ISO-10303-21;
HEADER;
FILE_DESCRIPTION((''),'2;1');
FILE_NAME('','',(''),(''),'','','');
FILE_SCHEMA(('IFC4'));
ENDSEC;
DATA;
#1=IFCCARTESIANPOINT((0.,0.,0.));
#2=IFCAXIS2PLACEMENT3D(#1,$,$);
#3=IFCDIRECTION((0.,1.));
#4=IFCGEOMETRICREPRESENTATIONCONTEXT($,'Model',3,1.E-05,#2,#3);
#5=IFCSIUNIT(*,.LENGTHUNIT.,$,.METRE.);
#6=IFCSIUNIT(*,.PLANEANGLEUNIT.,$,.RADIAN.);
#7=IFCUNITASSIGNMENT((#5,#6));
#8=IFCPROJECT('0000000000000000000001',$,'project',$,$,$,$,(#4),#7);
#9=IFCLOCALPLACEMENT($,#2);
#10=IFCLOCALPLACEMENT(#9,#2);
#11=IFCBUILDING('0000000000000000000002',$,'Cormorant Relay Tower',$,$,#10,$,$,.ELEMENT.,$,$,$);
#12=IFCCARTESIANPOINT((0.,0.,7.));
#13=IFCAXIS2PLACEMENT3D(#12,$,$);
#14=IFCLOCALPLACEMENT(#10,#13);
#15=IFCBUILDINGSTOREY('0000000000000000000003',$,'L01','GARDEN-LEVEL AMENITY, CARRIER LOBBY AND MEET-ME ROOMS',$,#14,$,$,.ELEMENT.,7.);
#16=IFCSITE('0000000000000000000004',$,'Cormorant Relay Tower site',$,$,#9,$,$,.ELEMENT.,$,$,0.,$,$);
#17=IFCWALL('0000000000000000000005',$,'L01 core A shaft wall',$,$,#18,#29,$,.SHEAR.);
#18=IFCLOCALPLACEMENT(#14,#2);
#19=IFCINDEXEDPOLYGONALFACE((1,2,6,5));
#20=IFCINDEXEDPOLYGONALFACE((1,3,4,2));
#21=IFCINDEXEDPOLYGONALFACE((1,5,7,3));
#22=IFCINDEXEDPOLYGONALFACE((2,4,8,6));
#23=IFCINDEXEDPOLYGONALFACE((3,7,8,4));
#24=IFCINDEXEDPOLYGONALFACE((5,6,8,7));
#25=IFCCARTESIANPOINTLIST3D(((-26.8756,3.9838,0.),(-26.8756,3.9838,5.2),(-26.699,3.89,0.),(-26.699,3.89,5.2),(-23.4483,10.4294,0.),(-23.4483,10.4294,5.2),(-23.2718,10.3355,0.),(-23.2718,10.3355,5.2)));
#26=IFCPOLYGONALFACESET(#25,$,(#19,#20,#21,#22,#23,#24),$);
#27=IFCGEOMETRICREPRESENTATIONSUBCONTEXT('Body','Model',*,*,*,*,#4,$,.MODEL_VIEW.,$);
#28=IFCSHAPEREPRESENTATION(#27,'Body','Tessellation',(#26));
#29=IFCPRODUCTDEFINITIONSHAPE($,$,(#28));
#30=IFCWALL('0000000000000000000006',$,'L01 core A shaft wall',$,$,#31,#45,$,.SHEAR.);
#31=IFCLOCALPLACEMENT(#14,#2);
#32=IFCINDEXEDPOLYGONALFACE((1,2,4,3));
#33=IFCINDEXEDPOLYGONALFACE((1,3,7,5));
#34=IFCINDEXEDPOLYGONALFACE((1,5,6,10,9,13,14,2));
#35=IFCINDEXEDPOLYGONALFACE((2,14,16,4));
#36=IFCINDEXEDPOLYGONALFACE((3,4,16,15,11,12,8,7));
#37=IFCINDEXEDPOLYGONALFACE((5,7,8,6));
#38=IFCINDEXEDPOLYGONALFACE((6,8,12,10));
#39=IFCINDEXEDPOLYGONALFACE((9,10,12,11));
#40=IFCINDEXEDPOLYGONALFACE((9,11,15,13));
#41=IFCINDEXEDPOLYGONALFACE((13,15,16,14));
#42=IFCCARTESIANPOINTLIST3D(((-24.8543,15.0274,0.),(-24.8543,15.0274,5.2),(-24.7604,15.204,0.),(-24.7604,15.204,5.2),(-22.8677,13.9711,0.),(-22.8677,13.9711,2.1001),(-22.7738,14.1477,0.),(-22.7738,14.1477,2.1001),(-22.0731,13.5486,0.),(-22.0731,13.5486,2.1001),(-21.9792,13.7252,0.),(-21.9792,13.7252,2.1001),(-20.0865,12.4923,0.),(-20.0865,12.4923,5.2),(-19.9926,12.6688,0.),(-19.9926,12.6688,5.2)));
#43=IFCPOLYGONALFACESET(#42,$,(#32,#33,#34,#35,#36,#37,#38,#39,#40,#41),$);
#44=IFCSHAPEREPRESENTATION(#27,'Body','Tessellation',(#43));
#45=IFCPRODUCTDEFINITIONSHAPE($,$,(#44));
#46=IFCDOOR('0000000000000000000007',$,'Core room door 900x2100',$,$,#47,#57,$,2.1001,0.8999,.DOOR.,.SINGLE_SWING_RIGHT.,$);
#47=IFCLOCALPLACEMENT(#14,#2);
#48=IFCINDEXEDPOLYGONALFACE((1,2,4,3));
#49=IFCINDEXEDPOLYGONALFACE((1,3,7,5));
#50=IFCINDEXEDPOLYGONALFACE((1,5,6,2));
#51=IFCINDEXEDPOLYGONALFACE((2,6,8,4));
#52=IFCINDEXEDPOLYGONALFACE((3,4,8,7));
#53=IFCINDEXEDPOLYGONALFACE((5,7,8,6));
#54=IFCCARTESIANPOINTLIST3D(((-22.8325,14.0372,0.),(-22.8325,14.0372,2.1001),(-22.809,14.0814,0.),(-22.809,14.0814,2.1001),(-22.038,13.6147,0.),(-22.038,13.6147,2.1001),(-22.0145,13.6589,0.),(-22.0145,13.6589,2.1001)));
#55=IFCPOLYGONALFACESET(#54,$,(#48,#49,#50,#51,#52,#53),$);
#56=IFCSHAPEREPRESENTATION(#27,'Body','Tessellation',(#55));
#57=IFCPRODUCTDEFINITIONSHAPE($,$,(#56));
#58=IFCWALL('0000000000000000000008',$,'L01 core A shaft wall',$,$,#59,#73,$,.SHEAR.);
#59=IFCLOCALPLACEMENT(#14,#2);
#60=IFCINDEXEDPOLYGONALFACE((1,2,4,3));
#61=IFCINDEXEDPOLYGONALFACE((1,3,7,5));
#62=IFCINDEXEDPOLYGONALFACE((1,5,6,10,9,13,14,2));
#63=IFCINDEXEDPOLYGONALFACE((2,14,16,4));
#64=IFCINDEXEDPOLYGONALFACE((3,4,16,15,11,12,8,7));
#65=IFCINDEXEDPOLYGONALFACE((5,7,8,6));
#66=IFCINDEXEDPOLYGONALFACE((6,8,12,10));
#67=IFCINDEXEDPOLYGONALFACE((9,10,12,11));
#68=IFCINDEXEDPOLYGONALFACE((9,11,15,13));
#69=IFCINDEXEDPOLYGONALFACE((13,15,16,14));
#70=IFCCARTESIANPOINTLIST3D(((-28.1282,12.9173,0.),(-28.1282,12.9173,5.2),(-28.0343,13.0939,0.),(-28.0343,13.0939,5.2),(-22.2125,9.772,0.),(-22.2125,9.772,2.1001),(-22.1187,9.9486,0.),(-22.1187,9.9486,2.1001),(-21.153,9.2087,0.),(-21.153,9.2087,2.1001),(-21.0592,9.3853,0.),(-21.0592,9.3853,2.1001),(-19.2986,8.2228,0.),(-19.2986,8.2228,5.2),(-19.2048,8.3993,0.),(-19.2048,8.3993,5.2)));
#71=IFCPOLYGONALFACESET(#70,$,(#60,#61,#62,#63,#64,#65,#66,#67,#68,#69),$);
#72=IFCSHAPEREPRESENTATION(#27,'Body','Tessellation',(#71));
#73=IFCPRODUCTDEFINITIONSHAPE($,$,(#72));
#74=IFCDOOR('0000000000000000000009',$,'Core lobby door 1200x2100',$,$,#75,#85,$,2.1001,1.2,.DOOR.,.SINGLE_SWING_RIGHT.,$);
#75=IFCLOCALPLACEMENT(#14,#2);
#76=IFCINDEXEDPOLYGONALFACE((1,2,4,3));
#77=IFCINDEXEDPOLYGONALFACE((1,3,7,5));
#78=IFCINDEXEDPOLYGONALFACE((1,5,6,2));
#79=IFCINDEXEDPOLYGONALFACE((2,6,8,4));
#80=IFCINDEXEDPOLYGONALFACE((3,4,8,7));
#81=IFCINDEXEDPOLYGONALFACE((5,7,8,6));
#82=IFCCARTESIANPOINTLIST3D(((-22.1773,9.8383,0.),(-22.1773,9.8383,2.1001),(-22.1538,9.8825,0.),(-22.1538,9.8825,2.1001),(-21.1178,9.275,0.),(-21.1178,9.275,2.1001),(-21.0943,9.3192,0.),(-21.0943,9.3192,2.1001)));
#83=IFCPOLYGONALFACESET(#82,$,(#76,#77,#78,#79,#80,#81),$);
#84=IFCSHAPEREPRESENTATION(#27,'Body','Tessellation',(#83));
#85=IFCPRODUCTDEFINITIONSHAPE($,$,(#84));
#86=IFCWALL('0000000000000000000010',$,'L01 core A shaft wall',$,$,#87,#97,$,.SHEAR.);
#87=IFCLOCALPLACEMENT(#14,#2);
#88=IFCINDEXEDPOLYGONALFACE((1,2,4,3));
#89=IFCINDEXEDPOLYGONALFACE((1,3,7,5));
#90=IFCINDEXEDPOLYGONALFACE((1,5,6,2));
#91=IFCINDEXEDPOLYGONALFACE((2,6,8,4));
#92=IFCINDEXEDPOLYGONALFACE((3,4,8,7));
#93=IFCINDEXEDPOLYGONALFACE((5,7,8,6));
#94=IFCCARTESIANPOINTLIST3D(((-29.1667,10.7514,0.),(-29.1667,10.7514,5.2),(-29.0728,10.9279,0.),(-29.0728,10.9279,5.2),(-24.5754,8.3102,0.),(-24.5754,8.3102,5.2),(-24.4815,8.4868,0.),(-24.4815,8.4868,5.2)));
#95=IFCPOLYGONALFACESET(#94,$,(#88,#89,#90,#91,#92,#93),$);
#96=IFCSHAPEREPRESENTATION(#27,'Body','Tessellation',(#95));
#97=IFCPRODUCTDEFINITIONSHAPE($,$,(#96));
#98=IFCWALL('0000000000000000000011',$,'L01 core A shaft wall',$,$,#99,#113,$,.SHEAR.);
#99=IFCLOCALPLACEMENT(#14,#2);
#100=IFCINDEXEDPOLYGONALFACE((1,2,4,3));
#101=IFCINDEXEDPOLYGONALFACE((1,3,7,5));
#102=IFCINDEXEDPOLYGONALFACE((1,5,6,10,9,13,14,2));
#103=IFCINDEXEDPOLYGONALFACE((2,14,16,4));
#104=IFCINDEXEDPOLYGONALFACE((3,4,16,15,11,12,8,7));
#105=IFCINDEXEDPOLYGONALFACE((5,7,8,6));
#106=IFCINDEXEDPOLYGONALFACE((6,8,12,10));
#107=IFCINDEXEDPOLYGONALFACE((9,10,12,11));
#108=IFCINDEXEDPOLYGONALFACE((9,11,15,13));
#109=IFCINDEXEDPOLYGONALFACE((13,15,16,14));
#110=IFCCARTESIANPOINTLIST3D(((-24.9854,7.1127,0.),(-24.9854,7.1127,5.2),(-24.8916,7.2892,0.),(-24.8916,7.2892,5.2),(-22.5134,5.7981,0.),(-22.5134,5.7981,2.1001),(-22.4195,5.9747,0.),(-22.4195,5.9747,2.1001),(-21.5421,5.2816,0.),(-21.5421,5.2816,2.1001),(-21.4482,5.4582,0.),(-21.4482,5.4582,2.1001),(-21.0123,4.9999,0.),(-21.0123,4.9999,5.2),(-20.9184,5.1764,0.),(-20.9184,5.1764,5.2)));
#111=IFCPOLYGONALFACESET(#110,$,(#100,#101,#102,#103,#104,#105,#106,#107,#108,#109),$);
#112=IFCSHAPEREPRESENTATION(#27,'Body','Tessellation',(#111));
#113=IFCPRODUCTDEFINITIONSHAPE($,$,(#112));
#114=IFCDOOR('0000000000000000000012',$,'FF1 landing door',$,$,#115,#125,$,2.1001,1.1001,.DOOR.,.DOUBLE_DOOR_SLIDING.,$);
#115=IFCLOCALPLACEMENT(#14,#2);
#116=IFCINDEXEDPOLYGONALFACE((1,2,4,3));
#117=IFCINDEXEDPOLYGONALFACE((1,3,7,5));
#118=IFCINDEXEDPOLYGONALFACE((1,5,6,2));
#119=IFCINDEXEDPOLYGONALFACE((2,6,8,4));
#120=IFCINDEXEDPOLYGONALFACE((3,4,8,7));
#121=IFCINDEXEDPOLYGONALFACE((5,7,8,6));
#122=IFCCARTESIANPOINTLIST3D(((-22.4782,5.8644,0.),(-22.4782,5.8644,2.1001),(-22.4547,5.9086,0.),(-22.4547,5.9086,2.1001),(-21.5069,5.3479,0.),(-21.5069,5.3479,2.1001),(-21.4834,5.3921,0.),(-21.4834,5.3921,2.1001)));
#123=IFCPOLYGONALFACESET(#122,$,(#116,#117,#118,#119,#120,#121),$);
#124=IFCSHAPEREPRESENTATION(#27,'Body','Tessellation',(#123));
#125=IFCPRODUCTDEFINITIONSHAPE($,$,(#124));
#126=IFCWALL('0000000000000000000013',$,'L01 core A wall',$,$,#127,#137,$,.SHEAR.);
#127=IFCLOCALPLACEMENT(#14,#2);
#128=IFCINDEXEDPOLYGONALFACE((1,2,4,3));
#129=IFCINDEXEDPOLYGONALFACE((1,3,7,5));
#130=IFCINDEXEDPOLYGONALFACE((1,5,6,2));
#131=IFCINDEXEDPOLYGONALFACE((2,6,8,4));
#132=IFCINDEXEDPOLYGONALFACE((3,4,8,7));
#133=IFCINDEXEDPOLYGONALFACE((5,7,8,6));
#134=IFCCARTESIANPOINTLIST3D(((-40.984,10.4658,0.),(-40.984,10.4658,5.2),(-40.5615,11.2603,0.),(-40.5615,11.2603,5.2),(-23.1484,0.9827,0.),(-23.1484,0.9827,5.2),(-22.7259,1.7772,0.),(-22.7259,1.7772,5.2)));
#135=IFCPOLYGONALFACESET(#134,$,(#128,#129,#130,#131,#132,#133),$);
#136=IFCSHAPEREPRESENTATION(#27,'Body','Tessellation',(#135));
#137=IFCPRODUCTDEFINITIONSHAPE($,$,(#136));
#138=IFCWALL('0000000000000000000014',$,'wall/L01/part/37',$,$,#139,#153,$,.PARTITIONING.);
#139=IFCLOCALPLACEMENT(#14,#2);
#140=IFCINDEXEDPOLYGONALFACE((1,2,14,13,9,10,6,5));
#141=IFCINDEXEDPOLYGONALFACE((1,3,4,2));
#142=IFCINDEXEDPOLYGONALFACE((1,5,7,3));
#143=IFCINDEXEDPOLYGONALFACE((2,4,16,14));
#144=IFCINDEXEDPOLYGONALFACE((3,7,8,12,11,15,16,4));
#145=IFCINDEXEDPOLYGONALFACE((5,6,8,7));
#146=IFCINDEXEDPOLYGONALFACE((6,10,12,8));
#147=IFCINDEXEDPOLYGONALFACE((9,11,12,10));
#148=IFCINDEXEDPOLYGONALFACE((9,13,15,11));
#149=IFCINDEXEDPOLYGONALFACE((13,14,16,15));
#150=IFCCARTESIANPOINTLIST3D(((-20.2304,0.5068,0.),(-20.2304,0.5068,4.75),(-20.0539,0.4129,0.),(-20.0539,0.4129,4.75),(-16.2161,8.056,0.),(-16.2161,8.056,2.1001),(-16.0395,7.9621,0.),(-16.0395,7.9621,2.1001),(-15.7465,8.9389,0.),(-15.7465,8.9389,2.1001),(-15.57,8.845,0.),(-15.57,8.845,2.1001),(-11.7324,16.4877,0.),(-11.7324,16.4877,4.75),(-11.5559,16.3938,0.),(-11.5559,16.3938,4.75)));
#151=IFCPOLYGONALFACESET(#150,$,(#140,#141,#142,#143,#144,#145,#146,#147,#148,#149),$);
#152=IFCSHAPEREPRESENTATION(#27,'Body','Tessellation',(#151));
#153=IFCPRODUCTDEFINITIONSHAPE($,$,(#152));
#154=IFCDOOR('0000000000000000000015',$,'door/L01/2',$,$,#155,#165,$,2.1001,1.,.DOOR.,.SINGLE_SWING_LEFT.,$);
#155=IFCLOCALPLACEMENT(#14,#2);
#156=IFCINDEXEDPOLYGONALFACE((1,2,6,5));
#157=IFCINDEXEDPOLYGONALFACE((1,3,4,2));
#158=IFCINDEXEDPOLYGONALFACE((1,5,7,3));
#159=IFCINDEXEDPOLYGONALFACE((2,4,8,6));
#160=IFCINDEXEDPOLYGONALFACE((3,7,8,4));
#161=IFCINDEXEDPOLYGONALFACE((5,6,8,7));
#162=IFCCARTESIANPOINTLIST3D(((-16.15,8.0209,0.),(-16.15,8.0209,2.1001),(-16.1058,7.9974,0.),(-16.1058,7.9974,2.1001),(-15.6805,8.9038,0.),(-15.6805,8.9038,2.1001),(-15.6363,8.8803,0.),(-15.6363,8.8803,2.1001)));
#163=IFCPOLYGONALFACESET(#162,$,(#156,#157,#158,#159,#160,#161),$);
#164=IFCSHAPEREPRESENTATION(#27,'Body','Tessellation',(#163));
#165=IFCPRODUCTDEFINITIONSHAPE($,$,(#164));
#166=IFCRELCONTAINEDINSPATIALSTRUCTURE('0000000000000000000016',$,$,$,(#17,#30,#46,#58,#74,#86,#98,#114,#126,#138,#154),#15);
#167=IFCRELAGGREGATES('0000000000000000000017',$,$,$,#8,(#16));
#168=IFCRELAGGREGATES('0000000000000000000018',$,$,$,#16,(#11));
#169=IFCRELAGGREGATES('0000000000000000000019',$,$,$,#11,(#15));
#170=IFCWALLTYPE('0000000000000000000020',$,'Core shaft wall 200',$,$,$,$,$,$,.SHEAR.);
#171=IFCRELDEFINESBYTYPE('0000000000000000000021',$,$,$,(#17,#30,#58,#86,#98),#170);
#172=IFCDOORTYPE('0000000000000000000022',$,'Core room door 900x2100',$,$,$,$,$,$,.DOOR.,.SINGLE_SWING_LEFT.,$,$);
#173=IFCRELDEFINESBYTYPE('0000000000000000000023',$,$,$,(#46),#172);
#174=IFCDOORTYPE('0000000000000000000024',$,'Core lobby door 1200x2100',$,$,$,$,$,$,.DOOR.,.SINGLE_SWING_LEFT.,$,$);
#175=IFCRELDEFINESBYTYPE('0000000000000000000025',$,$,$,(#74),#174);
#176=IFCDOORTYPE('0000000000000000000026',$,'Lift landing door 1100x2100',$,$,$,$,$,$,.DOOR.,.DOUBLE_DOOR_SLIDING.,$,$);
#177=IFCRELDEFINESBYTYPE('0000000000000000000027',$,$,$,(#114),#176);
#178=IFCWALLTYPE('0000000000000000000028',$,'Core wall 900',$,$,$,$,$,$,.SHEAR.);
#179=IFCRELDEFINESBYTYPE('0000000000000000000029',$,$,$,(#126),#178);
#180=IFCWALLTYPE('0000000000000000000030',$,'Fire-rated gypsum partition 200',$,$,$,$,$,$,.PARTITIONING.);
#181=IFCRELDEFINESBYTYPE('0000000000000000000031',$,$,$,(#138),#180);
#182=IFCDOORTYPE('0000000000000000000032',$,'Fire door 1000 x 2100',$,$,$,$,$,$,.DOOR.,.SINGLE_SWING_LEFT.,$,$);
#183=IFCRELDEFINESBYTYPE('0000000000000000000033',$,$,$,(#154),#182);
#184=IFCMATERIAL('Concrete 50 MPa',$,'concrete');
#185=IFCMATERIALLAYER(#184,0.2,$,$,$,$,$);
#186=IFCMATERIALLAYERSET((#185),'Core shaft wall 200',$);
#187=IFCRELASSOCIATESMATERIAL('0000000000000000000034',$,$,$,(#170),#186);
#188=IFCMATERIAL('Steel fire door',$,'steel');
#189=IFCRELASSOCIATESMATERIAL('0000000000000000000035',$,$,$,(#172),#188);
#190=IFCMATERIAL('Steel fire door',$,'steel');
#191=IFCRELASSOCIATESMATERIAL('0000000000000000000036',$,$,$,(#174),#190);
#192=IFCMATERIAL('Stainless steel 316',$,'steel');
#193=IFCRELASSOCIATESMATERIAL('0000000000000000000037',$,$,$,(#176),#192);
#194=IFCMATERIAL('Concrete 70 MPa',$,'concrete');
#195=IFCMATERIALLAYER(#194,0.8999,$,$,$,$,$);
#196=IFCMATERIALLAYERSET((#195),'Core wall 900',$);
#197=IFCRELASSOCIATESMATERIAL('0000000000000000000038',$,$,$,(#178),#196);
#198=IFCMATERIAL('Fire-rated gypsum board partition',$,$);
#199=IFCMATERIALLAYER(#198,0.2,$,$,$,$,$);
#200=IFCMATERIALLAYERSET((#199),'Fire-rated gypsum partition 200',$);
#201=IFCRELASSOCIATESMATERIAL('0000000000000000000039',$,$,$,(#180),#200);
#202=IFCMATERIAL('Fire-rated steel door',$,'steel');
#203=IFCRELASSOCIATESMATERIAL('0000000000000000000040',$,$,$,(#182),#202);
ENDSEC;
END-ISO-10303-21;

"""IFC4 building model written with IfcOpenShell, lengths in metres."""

from ifc_helpers import new_model, si_unit, direction, frame, frame_2d, origin, place, context, subcontext, project, spatial, rectangle, extrude, material, layer, layer_set, type_object, element, fill, save


model = new_model("IFC4")

# Units and contexts
model_context = context("Model", 3, precision=1e-05, world=origin(), true_north=direction((0.0, 1.0)))
body_context = subcontext(model_context, "Body", "Model", "MODEL_VIEW")
ifc_project = project(units=[si_unit("LENGTHUNIT", "METRE"), si_unit("PLANEANGLEUNIT", "RADIAN")], contexts=[model_context])

# Site, building, storey
site_placement = place(None, origin())
site = spatial("IfcSite", under=ifc_project, at=site_placement, Name="Cormorant Relay Tower site", CompositionType="ELEMENT", RefElevation=0.0)
building_placement = place(site_placement, origin())
building = spatial("IfcBuilding", under=site, at=building_placement, Name="Cormorant Relay Tower", CompositionType="ELEMENT")
storey_placement = place(building_placement, frame((0.0, 0.0, 7.0)))
storey = spatial("IfcBuildingStorey", under=building, at=storey_placement, Name="L01", Description="GARDEN-LEVEL AMENITY, CARRIER LOBBY AND MEET-ME ROOMS", CompositionType="ELEMENT", Elevation=7.0)

# Wall
ifc_material_1 = material(Name="Concrete 50 MPa", Category="concrete")
ifc_layer_1 = layer(ifc_material_1, 0.2)
ifc_layer_set_1 = layer_set([ifc_layer_1], Name="Core shaft wall 200")
wall_type_1 = type_object("IfcWallType", Name="Core shaft wall 200", PredefinedType="SHEAR", material=ifc_layer_set_1)
wall_1_placement = place(storey_placement, frame((-23.3601, 10.3823, 0.0), z_axis=(0.0, 0.0, 1.0), x_axis=(-0.46948, -0.882943, 0.0)))
element("IfcWall", 1, at=wall_1_placement, inside=storey, type_object=wall_type_1, Name="L01 core A shaft wall", PredefinedType="SHEAR", context=body_context, shape_type="SweptSolid", body=[
    extrude(rectangle(XDim=7.3, YDim=0.2, at=frame_2d((3.6499, 0.0))), origin(), (0.0, 0.0, 1.0), 5.2),
])

# Walls, openings, doors
wall_2_placement = place(storey_placement, frame((-20.0396, 12.5806, 0.0), z_axis=(0.0, 0.0, 1.0), x_axis=(-0.882943, 0.46948, 0.0)))
wall_2 = element("IfcWall", 2, at=wall_2_placement, inside=storey, type_object=wall_type_1, Name="L01 core A shaft wall", PredefinedType="SHEAR", context=body_context, shape_type="SweptSolid", body=[
    extrude(rectangle(XDim=5.3999, YDim=0.2, at=frame_2d((2.7, 0.0))), origin(), (0.0, 0.0, 1.0), 5.2),
])
opening_1_placement = place(wall_2_placement, frame((2.25, 0.0, 0.0)))
opening_1 = element("IfcOpeningElement", 3, at=opening_1_placement, cuts=wall_2, PredefinedType="OPENING", context=body_context, shape_type="SweptSolid", body=[
    extrude(rectangle(XDim=0.8999, YDim=2.1001, at=frame_2d((0.45, 1.05))), frame((0.0, 0.1099, 0.0), z_axis=(0.0, -1.0, 0.0), x_axis=(1.0, 0.0, 0.0)), (0.0, 0.0, 1.0), 0.22),
])
ifc_material_2 = material(Name="Steel fire door", Category="steel")
door_type_1 = type_object("IfcDoorType", Name="Core room door 900x2100", OperationType="SINGLE_SWING_LEFT", PredefinedType="DOOR", material=ifc_material_2)
door_1_placement = place(opening_1_placement, frame((0.8999, 0.0, 0.0), z_axis=(0.0, 0.0, 1.0), x_axis=(-1.0, 0.0, 0.0)))
door_1 = element("IfcDoor", 4, at=door_1_placement, inside=storey, type_object=door_type_1, Name="Core room door 900x2100", OperationType="SINGLE_SWING_RIGHT", OverallHeight=2.1001, OverallWidth=0.8999, PredefinedType="DOOR", context=body_context, shape_type="SweptSolid", body=[
    extrude(rectangle(XDim=0.8999, YDim=2.1001, at=frame_2d((0.45, 1.05))), frame((0.0, 0.0249, 0.0), z_axis=(0.0, -1.0, 0.0), x_axis=(1.0, 0.0, 0.0)), (0.0, 0.0, 1.0), 0.05),
])
fill(opening_1, door_1)
wall_3_placement = place(storey_placement, frame((-19.2517, 8.311, 0.0), z_axis=(0.0, 0.0, 1.0), x_axis=(-0.882956, 0.469456, 0.0)))
wall_3 = element("IfcWall", 5, at=wall_3_placement, inside=storey, type_object=wall_type_1, Name="L01 core A shaft wall", PredefinedType="SHEAR", context=body_context, shape_type="SweptSolid", body=[
    extrude(rectangle(XDim=10.0, YDim=0.2, at=frame_2d((5.0, 0.0))), origin(), (0.0, 0.0, 1.0), 5.2),
])
opening_2_placement = place(wall_3_placement, frame((2.1001, 0.0, 0.0)))
opening_2 = element("IfcOpeningElement", 6, at=opening_2_placement, cuts=wall_3, PredefinedType="OPENING", context=body_context, shape_type="SweptSolid", body=[
    extrude(rectangle(XDim=1.2, YDim=2.1001, at=frame_2d((0.6001, 1.05))), frame((0.0, 0.1099, 0.0), z_axis=(0.0, -1.0, 0.0), x_axis=(1.0, 0.0, 0.0)), (0.0, 0.0, 1.0), 0.22),
])
ifc_material_3 = material(Name="Steel fire door", Category="steel")
door_type_2 = type_object("IfcDoorType", Name="Core lobby door 1200x2100", OperationType="SINGLE_SWING_LEFT", PredefinedType="DOOR", material=ifc_material_3)
door_2_placement = place(opening_2_placement, origin())
door_2 = element("IfcDoor", 7, at=door_2_placement, inside=storey, type_object=door_type_2, Name="Core lobby door 1200x2100", OperationType="SINGLE_SWING_RIGHT", OverallHeight=2.1001, OverallWidth=1.2, PredefinedType="DOOR", context=body_context, shape_type="SweptSolid", body=[
    extrude(rectangle(XDim=1.2, YDim=2.1001, at=frame_2d((0.6001, 1.05))), frame((0.0, 0.0249, 0.0), z_axis=(0.0, -1.0, 0.0), x_axis=(1.0, 0.0, 0.0)), (0.0, 0.0, 1.0), 0.05),
])
fill(opening_2, door_2)

# Wall
wall_4_placement = place(storey_placement, frame((-24.5283, 8.3984, 0.0), z_axis=(0.0, 0.0, 1.0), x_axis=(-0.882954, 0.46946, 0.0)))
element("IfcWall", 8, at=wall_4_placement, inside=storey, type_object=wall_type_1, Name="L01 core A shaft wall", PredefinedType="SHEAR", context=body_context, shape_type="SweptSolid", body=[
    extrude(rectangle(XDim=5.2, YDim=0.2, at=frame_2d((2.6001, 0.0))), origin(), (0.0, 0.0, 1.0), 5.2),
])

# Wall, opening, door
wall_5_placement = place(storey_placement, frame((-20.9653, 5.0881, 0.0), z_axis=(0.0, 0.0, 1.0), x_axis=(-0.882926, 0.469512, 0.0)))
wall_5 = element("IfcWall", 9, at=wall_5_placement, inside=storey, type_object=wall_type_1, Name="L01 core A shaft wall", PredefinedType="SHEAR", context=body_context, shape_type="SweptSolid", body=[
    extrude(rectangle(XDim=4.5, YDim=0.2, at=frame_2d((2.25, 0.0))), origin(), (0.0, 0.0, 1.0), 5.2),
])
opening_3_placement = place(wall_5_placement, frame((0.6001, 0.0, 0.0)))
opening_3 = element("IfcOpeningElement", 10, at=opening_3_placement, cuts=wall_5, PredefinedType="OPENING", context=body_context, shape_type="SweptSolid", body=[
    extrude(rectangle(XDim=1.1001, YDim=2.1001, at=frame_2d((0.55, 1.05))), frame((0.0, 0.1099, 0.0), z_axis=(0.0, -1.0, 0.0), x_axis=(1.0, 0.0, 0.0)), (0.0, 0.0, 1.0), 0.22),
])
ifc_material_4 = material(Name="Stainless steel 316", Category="steel")
door_type_3 = type_object("IfcDoorType", Name="Lift landing door 1100x2100", OperationType="DOUBLE_DOOR_SLIDING", PredefinedType="DOOR", material=ifc_material_4)
door_3_placement = place(opening_3_placement, origin())
door_3 = element("IfcDoor", 11, at=door_3_placement, inside=storey, type_object=door_type_3, Name="FF1 landing door", OperationType="DOUBLE_DOOR_SLIDING", OverallHeight=2.1001, OverallWidth=1.1001, PredefinedType="DOOR", context=body_context, shape_type="SweptSolid", body=[
    extrude(rectangle(XDim=1.1001, YDim=2.1001, at=frame_2d((0.55, 1.05))), frame((0.0, 0.0249, 0.0), z_axis=(0.0, -1.0, 0.0), x_axis=(1.0, 0.0, 0.0)), (0.0, 0.0, 1.0), 0.05),
])
fill(opening_3, door_3)

# Wall
ifc_material_5 = material(Name="Concrete 70 MPa", Category="concrete")
ifc_layer_2 = layer(ifc_material_5, 0.8999)
ifc_layer_set_2 = layer_set([ifc_layer_2], Name="Core wall 900")
wall_type_2 = type_object("IfcWallType", Name="Core wall 900", PredefinedType="SHEAR", material=ifc_layer_set_2)
wall_6_placement = place(storey_placement, frame((-22.937, 1.3799, 0.0), z_axis=(0.0, 0.0, 1.0), x_axis=(-0.882953, 0.469462, 0.0)))
element("IfcWall", 12, at=wall_6_placement, inside=storey, type_object=wall_type_2, Name="L01 core A wall", PredefinedType="SHEAR", context=body_context, shape_type="SweptSolid", body=[
    extrude(rectangle(XDim=20.2, YDim=0.8999, at=frame_2d((10.1001, 0.0))), origin(), (0.0, 0.0, 1.0), 5.2),
])

# Wall, opening, door
ifc_material_6 = material(Name="Fire-rated gypsum board partition")
ifc_layer_3 = layer(ifc_material_6, 0.2)
ifc_layer_set_3 = layer_set([ifc_layer_3], Name="Fire-rated gypsum partition 200")
wall_type_3 = type_object("IfcWallType", Name="Fire-rated gypsum partition 200", PredefinedType="PARTITIONING", material=ifc_layer_set_3)
wall_7_placement = place(storey_placement, frame((-20.1421, 0.46, 0.0), z_axis=(0.0, 0.0, 1.0), x_axis=(0.469507, 0.882929, 0.0)))
wall_7 = element("IfcWall", 13, at=wall_7_placement, inside=storey, type_object=wall_type_3, Name="wall/L01/part/37", PredefinedType="PARTITIONING", context=body_context, shape_type="SweptSolid", body=[
    extrude(rectangle(XDim=18.0999, YDim=0.2, at=frame_2d((9.0498, 0.0))), origin(), (0.0, 0.0, 1.0), 4.75),
])
opening_4_placement = place(wall_7_placement, frame((8.55, 0.0, 0.0)))
opening_4 = element("IfcOpeningElement", 14, at=opening_4_placement, cuts=wall_7, PredefinedType="OPENING", context=body_context, shape_type="SweptSolid", body=[
    extrude(rectangle(XDim=1.0, YDim=2.1001, at=frame_2d((0.5, 1.05))), frame((0.0, 0.1099, 0.0), z_axis=(0.0, -1.0, 0.0), x_axis=(1.0, 0.0, 0.0)), (0.0, 0.0, 1.0), 0.22),
])
ifc_material_7 = material(Name="Fire-rated steel door", Category="steel")
door_type_4 = type_object("IfcDoorType", Name="Fire door 1000 x 2100", OperationType="SINGLE_SWING_LEFT", PredefinedType="DOOR", material=ifc_material_7)
door_4_placement = place(opening_4_placement, frame((1.0, 0.0, 0.0), z_axis=(0.0, 0.0, 1.0), x_axis=(-1.0, 0.0, 0.0)))
door_4 = element("IfcDoor", 15, at=door_4_placement, inside=storey, type_object=door_type_4, Name="door/L01/2", OperationType="SINGLE_SWING_LEFT", OverallHeight=2.1001, OverallWidth=1.0, PredefinedType="DOOR", context=body_context, shape_type="SweptSolid", body=[
    extrude(rectangle(XDim=1.0, YDim=2.1001, at=frame_2d((0.5, 1.05))), frame((0.0, 0.0249, 0.0), z_axis=(0.0, -1.0, 0.0), x_axis=(1.0, 0.0, 0.0)), (0.0, 0.0, 1.0), 0.05),
])
fill(opening_4, door_4)

save(model, "model.ifc")
